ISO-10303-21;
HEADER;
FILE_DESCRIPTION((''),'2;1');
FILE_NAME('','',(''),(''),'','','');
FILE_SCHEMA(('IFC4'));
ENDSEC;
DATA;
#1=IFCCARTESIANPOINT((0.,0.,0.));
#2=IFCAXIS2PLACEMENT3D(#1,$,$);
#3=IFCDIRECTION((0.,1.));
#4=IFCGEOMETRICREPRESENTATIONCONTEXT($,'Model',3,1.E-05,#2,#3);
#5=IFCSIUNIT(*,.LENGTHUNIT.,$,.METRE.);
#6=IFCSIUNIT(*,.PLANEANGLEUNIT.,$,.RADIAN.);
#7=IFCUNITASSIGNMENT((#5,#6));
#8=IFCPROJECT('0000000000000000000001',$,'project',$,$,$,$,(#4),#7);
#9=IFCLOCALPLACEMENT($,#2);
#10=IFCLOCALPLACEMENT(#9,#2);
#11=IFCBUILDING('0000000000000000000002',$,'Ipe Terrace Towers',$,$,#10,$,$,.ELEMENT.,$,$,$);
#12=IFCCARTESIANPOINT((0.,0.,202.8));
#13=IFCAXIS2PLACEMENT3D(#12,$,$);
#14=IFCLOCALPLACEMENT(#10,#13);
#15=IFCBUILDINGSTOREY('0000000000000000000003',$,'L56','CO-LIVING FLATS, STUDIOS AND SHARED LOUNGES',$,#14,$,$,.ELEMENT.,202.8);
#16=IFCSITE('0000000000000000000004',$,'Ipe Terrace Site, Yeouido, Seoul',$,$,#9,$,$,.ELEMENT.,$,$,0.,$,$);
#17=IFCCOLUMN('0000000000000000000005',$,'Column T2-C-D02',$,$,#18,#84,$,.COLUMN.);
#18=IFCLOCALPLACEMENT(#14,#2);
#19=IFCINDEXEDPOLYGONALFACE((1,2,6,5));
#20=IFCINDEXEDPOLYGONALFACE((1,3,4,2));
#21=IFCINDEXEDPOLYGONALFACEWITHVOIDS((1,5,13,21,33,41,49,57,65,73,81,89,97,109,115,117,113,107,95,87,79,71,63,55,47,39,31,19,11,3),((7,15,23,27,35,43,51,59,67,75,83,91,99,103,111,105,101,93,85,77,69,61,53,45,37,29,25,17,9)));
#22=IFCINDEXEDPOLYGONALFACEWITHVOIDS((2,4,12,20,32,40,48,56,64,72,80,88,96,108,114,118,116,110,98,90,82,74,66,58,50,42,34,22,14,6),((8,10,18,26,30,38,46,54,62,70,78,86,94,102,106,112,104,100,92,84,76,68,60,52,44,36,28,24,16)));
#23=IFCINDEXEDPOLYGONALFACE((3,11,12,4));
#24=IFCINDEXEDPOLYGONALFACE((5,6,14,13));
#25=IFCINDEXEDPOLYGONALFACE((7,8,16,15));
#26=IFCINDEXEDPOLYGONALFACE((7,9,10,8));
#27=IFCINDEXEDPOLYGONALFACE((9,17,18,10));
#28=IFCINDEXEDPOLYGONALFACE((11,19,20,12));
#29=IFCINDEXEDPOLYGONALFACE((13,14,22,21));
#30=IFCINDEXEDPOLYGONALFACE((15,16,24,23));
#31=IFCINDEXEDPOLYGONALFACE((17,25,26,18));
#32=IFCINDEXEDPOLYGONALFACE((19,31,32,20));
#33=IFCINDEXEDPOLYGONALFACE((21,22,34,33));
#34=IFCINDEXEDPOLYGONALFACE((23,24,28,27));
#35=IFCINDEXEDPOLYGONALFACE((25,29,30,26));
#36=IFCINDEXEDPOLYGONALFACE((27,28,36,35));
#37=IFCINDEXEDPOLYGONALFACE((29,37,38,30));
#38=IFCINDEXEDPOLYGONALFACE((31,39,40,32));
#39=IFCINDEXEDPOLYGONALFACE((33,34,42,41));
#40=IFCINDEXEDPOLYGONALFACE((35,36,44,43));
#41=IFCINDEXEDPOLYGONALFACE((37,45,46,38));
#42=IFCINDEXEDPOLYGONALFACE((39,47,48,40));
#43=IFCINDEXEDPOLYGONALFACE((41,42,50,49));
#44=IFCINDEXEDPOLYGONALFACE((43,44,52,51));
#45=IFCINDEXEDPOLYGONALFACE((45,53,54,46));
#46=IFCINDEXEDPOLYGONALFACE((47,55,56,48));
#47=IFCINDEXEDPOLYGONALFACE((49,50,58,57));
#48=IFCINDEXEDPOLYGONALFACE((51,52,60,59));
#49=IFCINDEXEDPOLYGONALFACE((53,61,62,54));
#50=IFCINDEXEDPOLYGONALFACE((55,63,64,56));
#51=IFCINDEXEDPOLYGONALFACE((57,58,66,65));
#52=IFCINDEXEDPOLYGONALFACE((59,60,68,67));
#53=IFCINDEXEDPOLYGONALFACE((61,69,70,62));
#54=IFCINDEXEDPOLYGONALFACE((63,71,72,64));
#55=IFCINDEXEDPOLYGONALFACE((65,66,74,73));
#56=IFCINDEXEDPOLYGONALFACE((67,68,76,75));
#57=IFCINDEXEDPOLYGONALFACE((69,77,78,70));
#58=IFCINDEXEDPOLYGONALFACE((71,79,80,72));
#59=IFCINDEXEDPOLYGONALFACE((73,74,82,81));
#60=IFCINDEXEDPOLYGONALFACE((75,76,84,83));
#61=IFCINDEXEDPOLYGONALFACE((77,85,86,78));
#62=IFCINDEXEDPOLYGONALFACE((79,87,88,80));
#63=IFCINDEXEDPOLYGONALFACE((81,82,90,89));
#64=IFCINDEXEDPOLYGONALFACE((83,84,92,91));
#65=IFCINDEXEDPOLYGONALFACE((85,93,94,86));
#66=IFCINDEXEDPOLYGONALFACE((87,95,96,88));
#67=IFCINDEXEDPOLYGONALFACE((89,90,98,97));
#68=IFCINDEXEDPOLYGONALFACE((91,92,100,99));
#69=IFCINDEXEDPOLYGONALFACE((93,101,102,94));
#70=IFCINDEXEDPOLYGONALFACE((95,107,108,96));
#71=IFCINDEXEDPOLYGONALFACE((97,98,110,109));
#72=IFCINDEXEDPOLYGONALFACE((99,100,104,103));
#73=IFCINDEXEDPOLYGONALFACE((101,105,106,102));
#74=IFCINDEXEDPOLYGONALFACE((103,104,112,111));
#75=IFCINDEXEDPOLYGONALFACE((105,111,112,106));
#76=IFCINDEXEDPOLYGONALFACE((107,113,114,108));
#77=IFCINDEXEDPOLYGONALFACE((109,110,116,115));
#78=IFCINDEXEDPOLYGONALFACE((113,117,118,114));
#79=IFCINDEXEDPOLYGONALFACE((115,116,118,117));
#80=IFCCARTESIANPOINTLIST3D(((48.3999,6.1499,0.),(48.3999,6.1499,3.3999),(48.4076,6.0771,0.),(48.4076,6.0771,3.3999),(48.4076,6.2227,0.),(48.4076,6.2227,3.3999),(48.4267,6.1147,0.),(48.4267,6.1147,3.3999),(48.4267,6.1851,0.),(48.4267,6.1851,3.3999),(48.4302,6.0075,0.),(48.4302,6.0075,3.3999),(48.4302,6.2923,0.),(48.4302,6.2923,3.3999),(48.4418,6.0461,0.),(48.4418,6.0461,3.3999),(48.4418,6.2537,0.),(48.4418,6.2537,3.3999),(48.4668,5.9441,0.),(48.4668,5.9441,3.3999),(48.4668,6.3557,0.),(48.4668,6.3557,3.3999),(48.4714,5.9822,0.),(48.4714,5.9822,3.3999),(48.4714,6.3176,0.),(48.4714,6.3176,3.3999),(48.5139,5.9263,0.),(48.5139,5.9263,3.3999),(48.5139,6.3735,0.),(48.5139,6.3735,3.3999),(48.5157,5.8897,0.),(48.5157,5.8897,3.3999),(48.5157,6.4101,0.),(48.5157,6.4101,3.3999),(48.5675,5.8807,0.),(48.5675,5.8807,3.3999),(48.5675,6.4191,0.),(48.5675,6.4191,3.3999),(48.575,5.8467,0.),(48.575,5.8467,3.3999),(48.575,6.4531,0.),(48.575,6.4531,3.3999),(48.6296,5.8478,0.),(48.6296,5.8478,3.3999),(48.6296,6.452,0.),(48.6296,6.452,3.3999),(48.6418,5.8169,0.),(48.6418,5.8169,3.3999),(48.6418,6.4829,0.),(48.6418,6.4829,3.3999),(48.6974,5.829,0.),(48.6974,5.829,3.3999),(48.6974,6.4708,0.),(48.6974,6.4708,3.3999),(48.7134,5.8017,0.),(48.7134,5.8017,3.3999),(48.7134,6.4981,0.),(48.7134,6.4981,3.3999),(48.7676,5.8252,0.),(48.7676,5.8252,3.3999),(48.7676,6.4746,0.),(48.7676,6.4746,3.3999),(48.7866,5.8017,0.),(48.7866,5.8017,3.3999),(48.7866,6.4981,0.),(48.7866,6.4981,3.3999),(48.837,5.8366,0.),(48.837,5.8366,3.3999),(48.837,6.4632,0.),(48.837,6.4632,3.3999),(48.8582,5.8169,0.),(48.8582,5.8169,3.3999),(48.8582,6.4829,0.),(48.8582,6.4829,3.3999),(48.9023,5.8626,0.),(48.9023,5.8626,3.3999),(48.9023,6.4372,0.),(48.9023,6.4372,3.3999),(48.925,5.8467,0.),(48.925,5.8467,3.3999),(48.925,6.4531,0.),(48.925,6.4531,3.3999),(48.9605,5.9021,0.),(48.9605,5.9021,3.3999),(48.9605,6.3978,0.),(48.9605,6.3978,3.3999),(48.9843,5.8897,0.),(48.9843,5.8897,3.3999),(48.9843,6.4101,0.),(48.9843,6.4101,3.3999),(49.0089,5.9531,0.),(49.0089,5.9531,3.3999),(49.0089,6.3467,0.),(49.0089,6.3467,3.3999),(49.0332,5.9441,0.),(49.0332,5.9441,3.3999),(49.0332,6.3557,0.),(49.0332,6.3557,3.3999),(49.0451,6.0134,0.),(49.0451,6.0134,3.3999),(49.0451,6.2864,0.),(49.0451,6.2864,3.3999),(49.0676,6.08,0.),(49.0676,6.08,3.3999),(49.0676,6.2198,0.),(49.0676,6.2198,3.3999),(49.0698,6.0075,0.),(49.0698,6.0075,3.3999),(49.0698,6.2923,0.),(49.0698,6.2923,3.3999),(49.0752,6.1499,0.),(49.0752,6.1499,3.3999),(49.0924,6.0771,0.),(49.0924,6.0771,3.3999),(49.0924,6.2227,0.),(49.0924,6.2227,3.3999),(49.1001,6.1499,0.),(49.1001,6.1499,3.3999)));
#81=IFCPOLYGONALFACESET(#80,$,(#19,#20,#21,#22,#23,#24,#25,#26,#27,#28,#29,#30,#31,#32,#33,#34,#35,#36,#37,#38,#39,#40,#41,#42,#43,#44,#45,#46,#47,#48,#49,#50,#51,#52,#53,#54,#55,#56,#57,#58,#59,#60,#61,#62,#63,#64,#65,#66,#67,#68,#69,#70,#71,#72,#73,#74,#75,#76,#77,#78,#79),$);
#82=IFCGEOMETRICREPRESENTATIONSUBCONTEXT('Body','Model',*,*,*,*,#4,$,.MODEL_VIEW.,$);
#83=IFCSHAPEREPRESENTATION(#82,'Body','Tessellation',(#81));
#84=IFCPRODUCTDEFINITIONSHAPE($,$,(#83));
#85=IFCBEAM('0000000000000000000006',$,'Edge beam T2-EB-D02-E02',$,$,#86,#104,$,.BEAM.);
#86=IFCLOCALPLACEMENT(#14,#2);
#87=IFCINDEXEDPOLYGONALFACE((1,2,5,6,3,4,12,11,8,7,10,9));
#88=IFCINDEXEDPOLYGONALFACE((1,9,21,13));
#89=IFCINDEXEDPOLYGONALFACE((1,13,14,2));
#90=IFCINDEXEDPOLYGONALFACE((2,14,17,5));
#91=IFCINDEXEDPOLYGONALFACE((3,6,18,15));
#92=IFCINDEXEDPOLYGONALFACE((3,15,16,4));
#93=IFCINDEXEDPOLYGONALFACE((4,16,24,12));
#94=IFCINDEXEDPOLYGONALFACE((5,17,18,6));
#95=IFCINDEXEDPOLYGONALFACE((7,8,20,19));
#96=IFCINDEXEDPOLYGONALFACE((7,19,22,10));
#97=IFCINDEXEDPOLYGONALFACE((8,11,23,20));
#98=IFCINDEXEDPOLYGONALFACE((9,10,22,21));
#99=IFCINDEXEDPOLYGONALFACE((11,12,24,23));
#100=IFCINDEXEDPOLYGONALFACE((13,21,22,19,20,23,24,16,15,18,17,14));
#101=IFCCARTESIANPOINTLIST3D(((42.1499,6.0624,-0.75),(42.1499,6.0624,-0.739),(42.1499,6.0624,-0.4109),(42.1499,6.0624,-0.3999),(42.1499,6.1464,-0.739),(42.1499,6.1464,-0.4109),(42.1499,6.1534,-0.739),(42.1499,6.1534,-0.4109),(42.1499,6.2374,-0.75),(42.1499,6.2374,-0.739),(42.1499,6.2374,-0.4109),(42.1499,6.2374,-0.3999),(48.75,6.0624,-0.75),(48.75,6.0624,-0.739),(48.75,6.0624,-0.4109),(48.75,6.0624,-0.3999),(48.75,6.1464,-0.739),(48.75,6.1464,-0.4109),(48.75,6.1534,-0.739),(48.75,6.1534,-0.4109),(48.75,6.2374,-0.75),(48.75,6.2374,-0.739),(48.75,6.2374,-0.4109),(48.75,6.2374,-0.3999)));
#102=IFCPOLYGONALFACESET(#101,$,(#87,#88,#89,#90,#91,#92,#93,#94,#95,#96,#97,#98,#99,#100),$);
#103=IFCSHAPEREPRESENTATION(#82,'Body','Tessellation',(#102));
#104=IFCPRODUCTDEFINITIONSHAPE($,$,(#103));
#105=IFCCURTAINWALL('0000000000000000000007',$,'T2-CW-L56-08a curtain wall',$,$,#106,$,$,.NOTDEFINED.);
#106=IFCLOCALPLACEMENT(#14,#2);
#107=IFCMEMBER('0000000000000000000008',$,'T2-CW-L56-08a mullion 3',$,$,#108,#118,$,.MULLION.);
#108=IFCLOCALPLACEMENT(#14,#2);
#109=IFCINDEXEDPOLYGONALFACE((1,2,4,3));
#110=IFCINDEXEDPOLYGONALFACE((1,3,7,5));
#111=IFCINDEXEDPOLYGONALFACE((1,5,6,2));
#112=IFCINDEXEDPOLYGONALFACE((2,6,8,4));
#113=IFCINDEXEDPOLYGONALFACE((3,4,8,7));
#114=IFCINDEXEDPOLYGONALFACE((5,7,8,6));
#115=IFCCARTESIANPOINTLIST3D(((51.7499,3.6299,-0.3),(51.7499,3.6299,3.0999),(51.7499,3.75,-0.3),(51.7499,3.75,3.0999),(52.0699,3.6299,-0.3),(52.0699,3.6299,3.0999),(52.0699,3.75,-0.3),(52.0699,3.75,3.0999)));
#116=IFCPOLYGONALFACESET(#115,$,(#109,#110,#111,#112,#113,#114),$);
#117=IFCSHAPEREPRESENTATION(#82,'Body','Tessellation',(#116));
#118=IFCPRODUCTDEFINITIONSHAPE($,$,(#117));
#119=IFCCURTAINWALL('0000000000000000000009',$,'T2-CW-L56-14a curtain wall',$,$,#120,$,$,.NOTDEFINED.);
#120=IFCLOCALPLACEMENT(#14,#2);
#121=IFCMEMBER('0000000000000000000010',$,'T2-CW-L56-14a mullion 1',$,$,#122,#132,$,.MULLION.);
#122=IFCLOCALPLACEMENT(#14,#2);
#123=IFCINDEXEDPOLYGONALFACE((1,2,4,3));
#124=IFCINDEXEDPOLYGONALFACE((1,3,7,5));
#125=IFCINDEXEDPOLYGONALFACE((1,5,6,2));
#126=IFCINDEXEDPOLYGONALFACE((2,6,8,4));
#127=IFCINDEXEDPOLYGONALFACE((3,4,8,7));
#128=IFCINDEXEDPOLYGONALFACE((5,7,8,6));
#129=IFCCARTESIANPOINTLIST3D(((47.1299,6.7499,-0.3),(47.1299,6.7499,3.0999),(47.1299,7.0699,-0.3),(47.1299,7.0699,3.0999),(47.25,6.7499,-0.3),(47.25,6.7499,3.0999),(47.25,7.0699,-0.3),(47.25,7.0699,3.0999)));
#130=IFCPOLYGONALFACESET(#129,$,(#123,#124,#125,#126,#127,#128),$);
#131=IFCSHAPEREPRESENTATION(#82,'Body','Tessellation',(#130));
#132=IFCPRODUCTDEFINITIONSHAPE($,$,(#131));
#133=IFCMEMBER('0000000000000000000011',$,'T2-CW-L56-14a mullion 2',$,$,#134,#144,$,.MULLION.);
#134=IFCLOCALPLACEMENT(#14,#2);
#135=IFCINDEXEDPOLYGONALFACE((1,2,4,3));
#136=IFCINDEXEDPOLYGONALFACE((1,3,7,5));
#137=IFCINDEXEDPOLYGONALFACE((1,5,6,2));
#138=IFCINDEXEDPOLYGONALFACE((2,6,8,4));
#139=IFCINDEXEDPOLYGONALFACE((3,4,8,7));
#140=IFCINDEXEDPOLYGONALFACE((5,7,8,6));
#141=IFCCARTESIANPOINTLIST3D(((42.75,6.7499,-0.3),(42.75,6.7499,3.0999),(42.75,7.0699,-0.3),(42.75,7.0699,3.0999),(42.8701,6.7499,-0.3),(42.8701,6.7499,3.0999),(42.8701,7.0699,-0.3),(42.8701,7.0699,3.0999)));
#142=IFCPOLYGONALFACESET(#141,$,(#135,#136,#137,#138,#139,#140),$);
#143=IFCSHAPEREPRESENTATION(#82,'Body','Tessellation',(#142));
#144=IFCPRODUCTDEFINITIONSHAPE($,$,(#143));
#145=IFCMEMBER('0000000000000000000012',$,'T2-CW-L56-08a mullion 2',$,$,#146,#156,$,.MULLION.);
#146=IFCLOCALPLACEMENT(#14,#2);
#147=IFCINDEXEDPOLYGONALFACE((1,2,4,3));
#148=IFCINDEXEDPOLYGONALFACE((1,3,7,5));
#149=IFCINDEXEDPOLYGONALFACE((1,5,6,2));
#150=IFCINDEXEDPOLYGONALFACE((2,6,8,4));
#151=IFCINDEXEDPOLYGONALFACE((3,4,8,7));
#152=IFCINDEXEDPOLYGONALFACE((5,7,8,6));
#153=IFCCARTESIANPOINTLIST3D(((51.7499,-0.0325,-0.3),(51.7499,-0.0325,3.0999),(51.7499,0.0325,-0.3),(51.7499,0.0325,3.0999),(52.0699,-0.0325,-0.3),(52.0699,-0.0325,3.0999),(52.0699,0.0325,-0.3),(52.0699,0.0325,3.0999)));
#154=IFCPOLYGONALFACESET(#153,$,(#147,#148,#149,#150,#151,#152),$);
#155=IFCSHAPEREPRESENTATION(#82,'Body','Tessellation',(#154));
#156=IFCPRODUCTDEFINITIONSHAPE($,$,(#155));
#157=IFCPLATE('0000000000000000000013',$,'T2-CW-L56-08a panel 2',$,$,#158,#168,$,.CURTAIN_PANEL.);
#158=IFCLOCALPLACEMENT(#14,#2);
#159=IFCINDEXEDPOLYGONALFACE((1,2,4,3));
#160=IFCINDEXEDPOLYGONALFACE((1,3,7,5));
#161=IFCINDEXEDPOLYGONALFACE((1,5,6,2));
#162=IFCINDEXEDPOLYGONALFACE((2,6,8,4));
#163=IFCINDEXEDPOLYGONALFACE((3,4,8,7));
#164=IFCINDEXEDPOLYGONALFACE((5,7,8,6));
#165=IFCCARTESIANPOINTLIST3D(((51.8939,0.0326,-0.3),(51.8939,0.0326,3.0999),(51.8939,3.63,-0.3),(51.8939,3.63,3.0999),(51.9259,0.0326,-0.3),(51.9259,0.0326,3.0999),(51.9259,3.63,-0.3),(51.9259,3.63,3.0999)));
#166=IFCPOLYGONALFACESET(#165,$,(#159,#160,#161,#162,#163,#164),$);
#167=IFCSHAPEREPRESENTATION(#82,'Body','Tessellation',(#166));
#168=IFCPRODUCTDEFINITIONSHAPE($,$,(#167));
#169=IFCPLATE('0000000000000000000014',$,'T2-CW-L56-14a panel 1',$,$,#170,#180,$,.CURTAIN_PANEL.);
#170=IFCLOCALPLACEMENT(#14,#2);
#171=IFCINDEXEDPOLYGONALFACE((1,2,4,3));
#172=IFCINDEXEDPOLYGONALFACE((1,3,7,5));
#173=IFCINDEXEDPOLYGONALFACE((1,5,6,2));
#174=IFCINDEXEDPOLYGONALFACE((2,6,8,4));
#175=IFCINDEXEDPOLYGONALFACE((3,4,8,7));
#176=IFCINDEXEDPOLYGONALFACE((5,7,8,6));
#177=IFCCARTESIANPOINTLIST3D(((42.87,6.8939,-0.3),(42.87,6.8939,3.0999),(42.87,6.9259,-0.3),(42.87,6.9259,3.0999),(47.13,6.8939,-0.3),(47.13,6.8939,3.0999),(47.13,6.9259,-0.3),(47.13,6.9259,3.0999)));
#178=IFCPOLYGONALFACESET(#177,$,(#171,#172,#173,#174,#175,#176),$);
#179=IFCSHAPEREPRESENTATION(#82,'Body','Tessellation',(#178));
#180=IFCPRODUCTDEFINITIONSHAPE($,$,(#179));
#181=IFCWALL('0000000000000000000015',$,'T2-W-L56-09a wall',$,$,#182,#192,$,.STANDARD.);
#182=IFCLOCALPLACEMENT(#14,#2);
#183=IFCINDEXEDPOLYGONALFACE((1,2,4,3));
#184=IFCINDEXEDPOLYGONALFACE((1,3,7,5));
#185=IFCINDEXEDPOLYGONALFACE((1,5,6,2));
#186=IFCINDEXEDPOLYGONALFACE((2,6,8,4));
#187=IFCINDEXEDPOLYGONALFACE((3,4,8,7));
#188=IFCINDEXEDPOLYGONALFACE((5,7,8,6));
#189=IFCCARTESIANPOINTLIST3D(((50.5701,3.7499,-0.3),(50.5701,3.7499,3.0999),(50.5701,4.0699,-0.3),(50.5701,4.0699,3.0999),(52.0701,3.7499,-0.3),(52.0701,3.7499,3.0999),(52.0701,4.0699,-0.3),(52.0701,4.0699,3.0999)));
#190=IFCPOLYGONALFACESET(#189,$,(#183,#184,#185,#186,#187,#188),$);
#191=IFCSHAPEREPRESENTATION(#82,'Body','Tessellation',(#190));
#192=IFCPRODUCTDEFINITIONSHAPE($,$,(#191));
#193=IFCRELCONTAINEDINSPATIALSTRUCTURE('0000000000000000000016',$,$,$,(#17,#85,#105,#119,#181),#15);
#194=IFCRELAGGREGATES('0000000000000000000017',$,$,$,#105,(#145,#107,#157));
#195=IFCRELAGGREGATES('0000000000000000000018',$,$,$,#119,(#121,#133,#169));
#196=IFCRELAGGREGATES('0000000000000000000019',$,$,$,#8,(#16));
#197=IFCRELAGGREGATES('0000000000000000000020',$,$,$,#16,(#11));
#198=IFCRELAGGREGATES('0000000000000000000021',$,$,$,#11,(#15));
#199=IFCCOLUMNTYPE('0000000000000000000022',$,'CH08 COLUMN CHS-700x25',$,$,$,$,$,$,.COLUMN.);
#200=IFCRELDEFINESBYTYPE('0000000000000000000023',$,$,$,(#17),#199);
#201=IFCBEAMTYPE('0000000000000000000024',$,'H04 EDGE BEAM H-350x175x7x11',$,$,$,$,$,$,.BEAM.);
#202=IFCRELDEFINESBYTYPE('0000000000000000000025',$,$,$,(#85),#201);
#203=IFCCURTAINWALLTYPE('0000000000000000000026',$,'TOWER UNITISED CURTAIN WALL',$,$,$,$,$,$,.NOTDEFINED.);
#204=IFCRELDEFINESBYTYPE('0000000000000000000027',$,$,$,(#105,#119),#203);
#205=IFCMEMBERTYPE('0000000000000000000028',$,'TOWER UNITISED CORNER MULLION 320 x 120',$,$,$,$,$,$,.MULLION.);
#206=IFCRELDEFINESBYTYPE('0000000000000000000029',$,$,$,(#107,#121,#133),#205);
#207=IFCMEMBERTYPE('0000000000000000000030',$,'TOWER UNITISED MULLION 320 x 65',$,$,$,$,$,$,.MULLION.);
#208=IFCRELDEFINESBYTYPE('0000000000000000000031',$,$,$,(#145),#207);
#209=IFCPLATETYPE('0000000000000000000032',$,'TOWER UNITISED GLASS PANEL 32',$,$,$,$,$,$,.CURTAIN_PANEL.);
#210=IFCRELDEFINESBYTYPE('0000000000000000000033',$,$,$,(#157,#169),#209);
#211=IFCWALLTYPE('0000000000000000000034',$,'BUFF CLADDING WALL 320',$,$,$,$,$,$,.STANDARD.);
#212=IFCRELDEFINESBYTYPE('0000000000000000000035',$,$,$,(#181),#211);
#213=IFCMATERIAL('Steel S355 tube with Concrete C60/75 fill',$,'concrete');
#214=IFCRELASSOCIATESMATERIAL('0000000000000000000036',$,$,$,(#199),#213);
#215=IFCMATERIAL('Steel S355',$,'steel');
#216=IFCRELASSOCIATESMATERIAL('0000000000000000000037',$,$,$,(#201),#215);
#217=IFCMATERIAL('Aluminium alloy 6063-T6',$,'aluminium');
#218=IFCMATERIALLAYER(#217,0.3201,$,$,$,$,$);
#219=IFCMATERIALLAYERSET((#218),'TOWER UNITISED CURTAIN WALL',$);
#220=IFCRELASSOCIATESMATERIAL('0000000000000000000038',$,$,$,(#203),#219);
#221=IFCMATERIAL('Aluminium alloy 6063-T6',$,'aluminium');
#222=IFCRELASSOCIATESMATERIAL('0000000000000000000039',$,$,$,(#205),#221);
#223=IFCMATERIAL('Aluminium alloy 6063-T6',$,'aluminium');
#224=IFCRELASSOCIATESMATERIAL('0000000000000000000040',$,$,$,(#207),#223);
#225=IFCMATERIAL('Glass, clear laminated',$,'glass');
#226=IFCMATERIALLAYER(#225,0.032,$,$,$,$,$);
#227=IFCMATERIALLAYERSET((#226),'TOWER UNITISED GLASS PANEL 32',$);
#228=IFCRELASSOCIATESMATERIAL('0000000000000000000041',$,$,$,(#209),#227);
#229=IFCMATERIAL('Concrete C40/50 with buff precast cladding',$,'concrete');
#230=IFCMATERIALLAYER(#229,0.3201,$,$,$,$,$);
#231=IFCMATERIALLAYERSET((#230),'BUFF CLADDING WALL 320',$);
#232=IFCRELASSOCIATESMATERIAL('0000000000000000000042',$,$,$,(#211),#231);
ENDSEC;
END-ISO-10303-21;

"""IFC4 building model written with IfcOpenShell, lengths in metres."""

from ifc_helpers import new_model, si_unit, direction, frame, frame_2d, origin, origin_2d, place, context, subcontext, project, spatial, rectangle, hollow_circle, i_section, extrude, material, layer, layer_set, material_profile, profile_set, type_object, element, aggregate, save


model = new_model("IFC4")

# Units and contexts
model_context = context("Model", 3, precision=1e-05, world=origin(), true_north=direction((0.0, 1.0)))
body_context = subcontext(model_context, "Body", "Model", "MODEL_VIEW")
ifc_project = project(units=[si_unit("LENGTHUNIT", "METRE"), si_unit("PLANEANGLEUNIT", "RADIAN")], contexts=[model_context])

# Site, building, storey
site_placement = place(None, origin())
site = spatial("IfcSite", under=ifc_project, at=site_placement, Name="Ipe Terrace Site, Yeouido, Seoul", CompositionType="ELEMENT", RefElevation=0.0)
building_placement = place(site_placement, origin())
building = spatial("IfcBuilding", under=site, at=building_placement, Name="Ipe Terrace Towers", CompositionType="ELEMENT")
storey_placement = place(building_placement, frame((0.0, 0.0, 202.8)))
storey = spatial("IfcBuildingStorey", under=building, at=storey_placement, Name="L56", Description="CO-LIVING FLATS, STUDIOS AND SHARED LOUNGES", CompositionType="ELEMENT", Elevation=202.8)

# Column
ifc_material_1 = material(Name="Steel S355 tube with Concrete C60/75 fill", Category="concrete")
ifc_material_profile_1 = material_profile(ifc_material_1, hollow_circle(Radius=0.3501, WallThickness=0.0249, at=origin_2d()), Name="CHS-700x25")
ifc_profile_set_1 = profile_set([ifc_material_profile_1], Name="Steel S355 tube with Concrete C60/75 fill")
column_type = type_object("IfcColumnType", Name="CH08 COLUMN CHS-700x25", PredefinedType="COLUMN", material=ifc_profile_set_1)
column_placement = place(storey_placement, frame((48.75, 6.1499, 0.0), z_axis=(0.0, 0.0, 1.0), x_axis=(1.0, 0.0, 0.0)))
element("IfcColumn", 1, at=column_placement, inside=storey, type_object=column_type, Name="Column T2-C-D02", PredefinedType="COLUMN", context=body_context, shape_type="SweptSolid", body=[
    extrude(hollow_circle(Radius=0.3501, WallThickness=0.0249, at=origin_2d()), origin(), (0.0, 0.0, 1.0), 3.3999),
])

# Beam
ifc_material_2 = material(Name="Steel S355", Category="steel")
ifc_material_profile_2 = material_profile(ifc_material_2, i_section(OverallWidth=0.175, OverallDepth=0.3501, WebThickness=0.0071, FlangeThickness=0.011, at=origin_2d()), Name="H-350x175x7x11")
ifc_profile_set_2 = profile_set([ifc_material_profile_2], Name="Steel S355")
beam_type = type_object("IfcBeamType", Name="H04 EDGE BEAM H-350x175x7x11", PredefinedType="BEAM", material=ifc_profile_set_2)
beam_placement = place(storey_placement, frame((48.75, 6.1499, -0.575), z_axis=(-1.0, 0.0, 0.0), x_axis=(0.0, -1.0, 0.0)))
element("IfcBeam", 2, at=beam_placement, inside=storey, type_object=beam_type, Name="Edge beam T2-EB-D02-E02", PredefinedType="BEAM", context=body_context, shape_type="SweptSolid", body=[
    extrude(i_section(OverallWidth=0.175, OverallDepth=0.3501, WebThickness=0.0071, FlangeThickness=0.011, at=origin_2d()), origin(), (0.0, 0.0, 1.0), 6.6001),
])

# Curtain wall, member
ifc_material_3 = material(Name="Aluminium alloy 6063-T6", Category="aluminium")
ifc_layer_1 = layer(ifc_material_3, 0.3201)
ifc_layer_set_1 = layer_set([ifc_layer_1], Name="TOWER UNITISED CURTAIN WALL")
curtain_wall_type = type_object("IfcCurtainWallType", Name="TOWER UNITISED CURTAIN WALL", PredefinedType="NOTDEFINED", material=ifc_layer_set_1)
curtain_wall_1_placement = place(storey_placement, origin())
curtain_wall_1 = element("IfcCurtainWall", 3, at=curtain_wall_1_placement, inside=storey, type_object=curtain_wall_type, Name="T2-CW-L56-08a curtain wall", PredefinedType="NOTDEFINED")
ifc_material_4 = material(Name="Aluminium alloy 6063-T6", Category="aluminium")
ifc_material_profile_3 = material_profile(ifc_material_4, rectangle(XDim=0.3201, YDim=0.1201, at=origin_2d()), Name="TOWER UNITISED CORNER MULLION 320 x 120")
ifc_profile_set_3 = profile_set([ifc_material_profile_3], Name="Aluminium alloy 6063-T6")
member_type_1 = type_object("IfcMemberType", Name="TOWER UNITISED CORNER MULLION 320 x 120", PredefinedType="MULLION", material=ifc_profile_set_3)
member_1_placement = place(storey_placement, frame((51.9099, 3.6899, -0.3), z_axis=(0.0, 0.0, 1.0), x_axis=(1.0, 0.0, 0.0)))
member_1 = element("IfcMember", 4, at=member_1_placement, type_object=member_type_1, Name="T2-CW-L56-08a mullion 3", PredefinedType="MULLION", context=body_context, shape_type="SweptSolid", body=[
    extrude(rectangle(XDim=0.3201, YDim=0.1201, at=origin_2d()), origin(), (0.0, 0.0, 1.0), 3.3999),
])

# Curtain wall, members
curtain_wall_2_placement = place(storey_placement, origin())
curtain_wall_2 = element("IfcCurtainWall", 5, at=curtain_wall_2_placement, inside=storey, type_object=curtain_wall_type, Name="T2-CW-L56-14a curtain wall", PredefinedType="NOTDEFINED")
member_2_placement = place(storey_placement, frame((47.1899, 6.9099, -0.3), z_axis=(0.0, 0.0, 1.0), x_axis=(0.0, 1.0, 0.0)))
member_2 = element("IfcMember", 6, at=member_2_placement, type_object=member_type_1, Name="T2-CW-L56-14a mullion 1", PredefinedType="MULLION", context=body_context, shape_type="SweptSolid", body=[
    extrude(rectangle(XDim=0.3201, YDim=0.1201, at=origin_2d()), origin(), (0.0, 0.0, 1.0), 3.3999),
])
member_3_placement = place(storey_placement, frame((42.8101, 6.9099, -0.3), z_axis=(0.0, 0.0, 1.0), x_axis=(0.0, 1.0, 0.0)))
member_3 = element("IfcMember", 7, at=member_3_placement, type_object=member_type_1, Name="T2-CW-L56-14a mullion 2", PredefinedType="MULLION", context=body_context, shape_type="SweptSolid", body=[
    extrude(rectangle(XDim=0.3201, YDim=0.1201, at=origin_2d()), origin(), (0.0, 0.0, 1.0), 3.3999),
])

# Member
ifc_material_5 = material(Name="Aluminium alloy 6063-T6", Category="aluminium")
ifc_material_profile_4 = material_profile(ifc_material_5, rectangle(XDim=0.3201, YDim=0.0649, at=origin_2d()), Name="TOWER UNITISED MULLION 320 x 65")
ifc_profile_set_4 = profile_set([ifc_material_profile_4], Name="Aluminium alloy 6063-T6")
member_type_2 = type_object("IfcMemberType", Name="TOWER UNITISED MULLION 320 x 65", PredefinedType="MULLION", material=ifc_profile_set_4)
member_4_placement = place(storey_placement, frame((51.9099, 0.0, -0.3), z_axis=(0.0, 0.0, 1.0), x_axis=(1.0, 0.0, 0.0)))
member_4 = element("IfcMember", 8, at=member_4_placement, type_object=member_type_2, Name="T2-CW-L56-08a mullion 2", PredefinedType="MULLION", context=body_context, shape_type="SweptSolid", body=[
    extrude(rectangle(XDim=0.3201, YDim=0.0649, at=origin_2d()), origin(), (0.0, 0.0, 1.0), 3.3999),
])

# Plates
ifc_material_6 = material(Name="Glass, clear laminated", Category="glass")
ifc_layer_2 = layer(ifc_material_6, 0.032)
ifc_layer_set_2 = layer_set([ifc_layer_2], Name="TOWER UNITISED GLASS PANEL 32")
plate_type = type_object("IfcPlateType", Name="TOWER UNITISED GLASS PANEL 32", PredefinedType="CURTAIN_PANEL", material=ifc_layer_set_2)
plate_1_placement = place(storey_placement, frame((51.9099, 1.8313, -0.3), z_axis=(0.0, 0.0, 1.0), x_axis=(0.0, 1.0, 0.0)))
plate_1 = element("IfcPlate", 9, at=plate_1_placement, type_object=plate_type, Name="T2-CW-L56-08a panel 2", PredefinedType="CURTAIN_PANEL", context=body_context, shape_type="SweptSolid", body=[
    extrude(rectangle(XDim=3.5974, YDim=0.032, at=origin_2d()), origin(), (0.0, 0.0, 1.0), 3.3999),
])
aggregate(curtain_wall_1, [member_4, member_1, plate_1])
plate_2_placement = place(storey_placement, frame((45.0, 6.9099, -0.3), z_axis=(0.0, 0.0, 1.0), x_axis=(-1.0, 0.0, 0.0)))
plate_2 = element("IfcPlate", 10, at=plate_2_placement, type_object=plate_type, Name="T2-CW-L56-14a panel 1", PredefinedType="CURTAIN_PANEL", context=body_context, shape_type="SweptSolid", body=[
    extrude(rectangle(XDim=4.26, YDim=0.032, at=origin_2d()), origin(), (0.0, 0.0, 1.0), 3.3999),
])
aggregate(curtain_wall_2, [member_2, member_3, plate_2])

# Wall
ifc_material_7 = material(Name="Concrete C40/50 with buff precast cladding", Category="concrete")
ifc_layer_3 = layer(ifc_material_7, 0.3201)
ifc_layer_set_3 = layer_set([ifc_layer_3], Name="BUFF CLADDING WALL 320")
wall_type_1 = type_object("IfcWallType", Name="BUFF CLADDING WALL 320", PredefinedType="STANDARD", material=ifc_layer_set_3)
wall_1_placement = place(storey_placement, frame((52.0701, 3.9099, -0.3), z_axis=(0.0, 0.0, 1.0), x_axis=(-1.0, 0.0, 0.0)))
element("IfcWall", 11, at=wall_1_placement, inside=storey, type_object=wall_type_1, Name="T2-W-L56-09a wall", PredefinedType="STANDARD", context=body_context, shape_type="SweptSolid", body=[
    extrude(rectangle(XDim=1.5, YDim=0.3201, at=frame_2d((0.75, 0.0))), origin(), (0.0, 0.0, 1.0), 3.3999),
])

save(model, "model.ifc")
